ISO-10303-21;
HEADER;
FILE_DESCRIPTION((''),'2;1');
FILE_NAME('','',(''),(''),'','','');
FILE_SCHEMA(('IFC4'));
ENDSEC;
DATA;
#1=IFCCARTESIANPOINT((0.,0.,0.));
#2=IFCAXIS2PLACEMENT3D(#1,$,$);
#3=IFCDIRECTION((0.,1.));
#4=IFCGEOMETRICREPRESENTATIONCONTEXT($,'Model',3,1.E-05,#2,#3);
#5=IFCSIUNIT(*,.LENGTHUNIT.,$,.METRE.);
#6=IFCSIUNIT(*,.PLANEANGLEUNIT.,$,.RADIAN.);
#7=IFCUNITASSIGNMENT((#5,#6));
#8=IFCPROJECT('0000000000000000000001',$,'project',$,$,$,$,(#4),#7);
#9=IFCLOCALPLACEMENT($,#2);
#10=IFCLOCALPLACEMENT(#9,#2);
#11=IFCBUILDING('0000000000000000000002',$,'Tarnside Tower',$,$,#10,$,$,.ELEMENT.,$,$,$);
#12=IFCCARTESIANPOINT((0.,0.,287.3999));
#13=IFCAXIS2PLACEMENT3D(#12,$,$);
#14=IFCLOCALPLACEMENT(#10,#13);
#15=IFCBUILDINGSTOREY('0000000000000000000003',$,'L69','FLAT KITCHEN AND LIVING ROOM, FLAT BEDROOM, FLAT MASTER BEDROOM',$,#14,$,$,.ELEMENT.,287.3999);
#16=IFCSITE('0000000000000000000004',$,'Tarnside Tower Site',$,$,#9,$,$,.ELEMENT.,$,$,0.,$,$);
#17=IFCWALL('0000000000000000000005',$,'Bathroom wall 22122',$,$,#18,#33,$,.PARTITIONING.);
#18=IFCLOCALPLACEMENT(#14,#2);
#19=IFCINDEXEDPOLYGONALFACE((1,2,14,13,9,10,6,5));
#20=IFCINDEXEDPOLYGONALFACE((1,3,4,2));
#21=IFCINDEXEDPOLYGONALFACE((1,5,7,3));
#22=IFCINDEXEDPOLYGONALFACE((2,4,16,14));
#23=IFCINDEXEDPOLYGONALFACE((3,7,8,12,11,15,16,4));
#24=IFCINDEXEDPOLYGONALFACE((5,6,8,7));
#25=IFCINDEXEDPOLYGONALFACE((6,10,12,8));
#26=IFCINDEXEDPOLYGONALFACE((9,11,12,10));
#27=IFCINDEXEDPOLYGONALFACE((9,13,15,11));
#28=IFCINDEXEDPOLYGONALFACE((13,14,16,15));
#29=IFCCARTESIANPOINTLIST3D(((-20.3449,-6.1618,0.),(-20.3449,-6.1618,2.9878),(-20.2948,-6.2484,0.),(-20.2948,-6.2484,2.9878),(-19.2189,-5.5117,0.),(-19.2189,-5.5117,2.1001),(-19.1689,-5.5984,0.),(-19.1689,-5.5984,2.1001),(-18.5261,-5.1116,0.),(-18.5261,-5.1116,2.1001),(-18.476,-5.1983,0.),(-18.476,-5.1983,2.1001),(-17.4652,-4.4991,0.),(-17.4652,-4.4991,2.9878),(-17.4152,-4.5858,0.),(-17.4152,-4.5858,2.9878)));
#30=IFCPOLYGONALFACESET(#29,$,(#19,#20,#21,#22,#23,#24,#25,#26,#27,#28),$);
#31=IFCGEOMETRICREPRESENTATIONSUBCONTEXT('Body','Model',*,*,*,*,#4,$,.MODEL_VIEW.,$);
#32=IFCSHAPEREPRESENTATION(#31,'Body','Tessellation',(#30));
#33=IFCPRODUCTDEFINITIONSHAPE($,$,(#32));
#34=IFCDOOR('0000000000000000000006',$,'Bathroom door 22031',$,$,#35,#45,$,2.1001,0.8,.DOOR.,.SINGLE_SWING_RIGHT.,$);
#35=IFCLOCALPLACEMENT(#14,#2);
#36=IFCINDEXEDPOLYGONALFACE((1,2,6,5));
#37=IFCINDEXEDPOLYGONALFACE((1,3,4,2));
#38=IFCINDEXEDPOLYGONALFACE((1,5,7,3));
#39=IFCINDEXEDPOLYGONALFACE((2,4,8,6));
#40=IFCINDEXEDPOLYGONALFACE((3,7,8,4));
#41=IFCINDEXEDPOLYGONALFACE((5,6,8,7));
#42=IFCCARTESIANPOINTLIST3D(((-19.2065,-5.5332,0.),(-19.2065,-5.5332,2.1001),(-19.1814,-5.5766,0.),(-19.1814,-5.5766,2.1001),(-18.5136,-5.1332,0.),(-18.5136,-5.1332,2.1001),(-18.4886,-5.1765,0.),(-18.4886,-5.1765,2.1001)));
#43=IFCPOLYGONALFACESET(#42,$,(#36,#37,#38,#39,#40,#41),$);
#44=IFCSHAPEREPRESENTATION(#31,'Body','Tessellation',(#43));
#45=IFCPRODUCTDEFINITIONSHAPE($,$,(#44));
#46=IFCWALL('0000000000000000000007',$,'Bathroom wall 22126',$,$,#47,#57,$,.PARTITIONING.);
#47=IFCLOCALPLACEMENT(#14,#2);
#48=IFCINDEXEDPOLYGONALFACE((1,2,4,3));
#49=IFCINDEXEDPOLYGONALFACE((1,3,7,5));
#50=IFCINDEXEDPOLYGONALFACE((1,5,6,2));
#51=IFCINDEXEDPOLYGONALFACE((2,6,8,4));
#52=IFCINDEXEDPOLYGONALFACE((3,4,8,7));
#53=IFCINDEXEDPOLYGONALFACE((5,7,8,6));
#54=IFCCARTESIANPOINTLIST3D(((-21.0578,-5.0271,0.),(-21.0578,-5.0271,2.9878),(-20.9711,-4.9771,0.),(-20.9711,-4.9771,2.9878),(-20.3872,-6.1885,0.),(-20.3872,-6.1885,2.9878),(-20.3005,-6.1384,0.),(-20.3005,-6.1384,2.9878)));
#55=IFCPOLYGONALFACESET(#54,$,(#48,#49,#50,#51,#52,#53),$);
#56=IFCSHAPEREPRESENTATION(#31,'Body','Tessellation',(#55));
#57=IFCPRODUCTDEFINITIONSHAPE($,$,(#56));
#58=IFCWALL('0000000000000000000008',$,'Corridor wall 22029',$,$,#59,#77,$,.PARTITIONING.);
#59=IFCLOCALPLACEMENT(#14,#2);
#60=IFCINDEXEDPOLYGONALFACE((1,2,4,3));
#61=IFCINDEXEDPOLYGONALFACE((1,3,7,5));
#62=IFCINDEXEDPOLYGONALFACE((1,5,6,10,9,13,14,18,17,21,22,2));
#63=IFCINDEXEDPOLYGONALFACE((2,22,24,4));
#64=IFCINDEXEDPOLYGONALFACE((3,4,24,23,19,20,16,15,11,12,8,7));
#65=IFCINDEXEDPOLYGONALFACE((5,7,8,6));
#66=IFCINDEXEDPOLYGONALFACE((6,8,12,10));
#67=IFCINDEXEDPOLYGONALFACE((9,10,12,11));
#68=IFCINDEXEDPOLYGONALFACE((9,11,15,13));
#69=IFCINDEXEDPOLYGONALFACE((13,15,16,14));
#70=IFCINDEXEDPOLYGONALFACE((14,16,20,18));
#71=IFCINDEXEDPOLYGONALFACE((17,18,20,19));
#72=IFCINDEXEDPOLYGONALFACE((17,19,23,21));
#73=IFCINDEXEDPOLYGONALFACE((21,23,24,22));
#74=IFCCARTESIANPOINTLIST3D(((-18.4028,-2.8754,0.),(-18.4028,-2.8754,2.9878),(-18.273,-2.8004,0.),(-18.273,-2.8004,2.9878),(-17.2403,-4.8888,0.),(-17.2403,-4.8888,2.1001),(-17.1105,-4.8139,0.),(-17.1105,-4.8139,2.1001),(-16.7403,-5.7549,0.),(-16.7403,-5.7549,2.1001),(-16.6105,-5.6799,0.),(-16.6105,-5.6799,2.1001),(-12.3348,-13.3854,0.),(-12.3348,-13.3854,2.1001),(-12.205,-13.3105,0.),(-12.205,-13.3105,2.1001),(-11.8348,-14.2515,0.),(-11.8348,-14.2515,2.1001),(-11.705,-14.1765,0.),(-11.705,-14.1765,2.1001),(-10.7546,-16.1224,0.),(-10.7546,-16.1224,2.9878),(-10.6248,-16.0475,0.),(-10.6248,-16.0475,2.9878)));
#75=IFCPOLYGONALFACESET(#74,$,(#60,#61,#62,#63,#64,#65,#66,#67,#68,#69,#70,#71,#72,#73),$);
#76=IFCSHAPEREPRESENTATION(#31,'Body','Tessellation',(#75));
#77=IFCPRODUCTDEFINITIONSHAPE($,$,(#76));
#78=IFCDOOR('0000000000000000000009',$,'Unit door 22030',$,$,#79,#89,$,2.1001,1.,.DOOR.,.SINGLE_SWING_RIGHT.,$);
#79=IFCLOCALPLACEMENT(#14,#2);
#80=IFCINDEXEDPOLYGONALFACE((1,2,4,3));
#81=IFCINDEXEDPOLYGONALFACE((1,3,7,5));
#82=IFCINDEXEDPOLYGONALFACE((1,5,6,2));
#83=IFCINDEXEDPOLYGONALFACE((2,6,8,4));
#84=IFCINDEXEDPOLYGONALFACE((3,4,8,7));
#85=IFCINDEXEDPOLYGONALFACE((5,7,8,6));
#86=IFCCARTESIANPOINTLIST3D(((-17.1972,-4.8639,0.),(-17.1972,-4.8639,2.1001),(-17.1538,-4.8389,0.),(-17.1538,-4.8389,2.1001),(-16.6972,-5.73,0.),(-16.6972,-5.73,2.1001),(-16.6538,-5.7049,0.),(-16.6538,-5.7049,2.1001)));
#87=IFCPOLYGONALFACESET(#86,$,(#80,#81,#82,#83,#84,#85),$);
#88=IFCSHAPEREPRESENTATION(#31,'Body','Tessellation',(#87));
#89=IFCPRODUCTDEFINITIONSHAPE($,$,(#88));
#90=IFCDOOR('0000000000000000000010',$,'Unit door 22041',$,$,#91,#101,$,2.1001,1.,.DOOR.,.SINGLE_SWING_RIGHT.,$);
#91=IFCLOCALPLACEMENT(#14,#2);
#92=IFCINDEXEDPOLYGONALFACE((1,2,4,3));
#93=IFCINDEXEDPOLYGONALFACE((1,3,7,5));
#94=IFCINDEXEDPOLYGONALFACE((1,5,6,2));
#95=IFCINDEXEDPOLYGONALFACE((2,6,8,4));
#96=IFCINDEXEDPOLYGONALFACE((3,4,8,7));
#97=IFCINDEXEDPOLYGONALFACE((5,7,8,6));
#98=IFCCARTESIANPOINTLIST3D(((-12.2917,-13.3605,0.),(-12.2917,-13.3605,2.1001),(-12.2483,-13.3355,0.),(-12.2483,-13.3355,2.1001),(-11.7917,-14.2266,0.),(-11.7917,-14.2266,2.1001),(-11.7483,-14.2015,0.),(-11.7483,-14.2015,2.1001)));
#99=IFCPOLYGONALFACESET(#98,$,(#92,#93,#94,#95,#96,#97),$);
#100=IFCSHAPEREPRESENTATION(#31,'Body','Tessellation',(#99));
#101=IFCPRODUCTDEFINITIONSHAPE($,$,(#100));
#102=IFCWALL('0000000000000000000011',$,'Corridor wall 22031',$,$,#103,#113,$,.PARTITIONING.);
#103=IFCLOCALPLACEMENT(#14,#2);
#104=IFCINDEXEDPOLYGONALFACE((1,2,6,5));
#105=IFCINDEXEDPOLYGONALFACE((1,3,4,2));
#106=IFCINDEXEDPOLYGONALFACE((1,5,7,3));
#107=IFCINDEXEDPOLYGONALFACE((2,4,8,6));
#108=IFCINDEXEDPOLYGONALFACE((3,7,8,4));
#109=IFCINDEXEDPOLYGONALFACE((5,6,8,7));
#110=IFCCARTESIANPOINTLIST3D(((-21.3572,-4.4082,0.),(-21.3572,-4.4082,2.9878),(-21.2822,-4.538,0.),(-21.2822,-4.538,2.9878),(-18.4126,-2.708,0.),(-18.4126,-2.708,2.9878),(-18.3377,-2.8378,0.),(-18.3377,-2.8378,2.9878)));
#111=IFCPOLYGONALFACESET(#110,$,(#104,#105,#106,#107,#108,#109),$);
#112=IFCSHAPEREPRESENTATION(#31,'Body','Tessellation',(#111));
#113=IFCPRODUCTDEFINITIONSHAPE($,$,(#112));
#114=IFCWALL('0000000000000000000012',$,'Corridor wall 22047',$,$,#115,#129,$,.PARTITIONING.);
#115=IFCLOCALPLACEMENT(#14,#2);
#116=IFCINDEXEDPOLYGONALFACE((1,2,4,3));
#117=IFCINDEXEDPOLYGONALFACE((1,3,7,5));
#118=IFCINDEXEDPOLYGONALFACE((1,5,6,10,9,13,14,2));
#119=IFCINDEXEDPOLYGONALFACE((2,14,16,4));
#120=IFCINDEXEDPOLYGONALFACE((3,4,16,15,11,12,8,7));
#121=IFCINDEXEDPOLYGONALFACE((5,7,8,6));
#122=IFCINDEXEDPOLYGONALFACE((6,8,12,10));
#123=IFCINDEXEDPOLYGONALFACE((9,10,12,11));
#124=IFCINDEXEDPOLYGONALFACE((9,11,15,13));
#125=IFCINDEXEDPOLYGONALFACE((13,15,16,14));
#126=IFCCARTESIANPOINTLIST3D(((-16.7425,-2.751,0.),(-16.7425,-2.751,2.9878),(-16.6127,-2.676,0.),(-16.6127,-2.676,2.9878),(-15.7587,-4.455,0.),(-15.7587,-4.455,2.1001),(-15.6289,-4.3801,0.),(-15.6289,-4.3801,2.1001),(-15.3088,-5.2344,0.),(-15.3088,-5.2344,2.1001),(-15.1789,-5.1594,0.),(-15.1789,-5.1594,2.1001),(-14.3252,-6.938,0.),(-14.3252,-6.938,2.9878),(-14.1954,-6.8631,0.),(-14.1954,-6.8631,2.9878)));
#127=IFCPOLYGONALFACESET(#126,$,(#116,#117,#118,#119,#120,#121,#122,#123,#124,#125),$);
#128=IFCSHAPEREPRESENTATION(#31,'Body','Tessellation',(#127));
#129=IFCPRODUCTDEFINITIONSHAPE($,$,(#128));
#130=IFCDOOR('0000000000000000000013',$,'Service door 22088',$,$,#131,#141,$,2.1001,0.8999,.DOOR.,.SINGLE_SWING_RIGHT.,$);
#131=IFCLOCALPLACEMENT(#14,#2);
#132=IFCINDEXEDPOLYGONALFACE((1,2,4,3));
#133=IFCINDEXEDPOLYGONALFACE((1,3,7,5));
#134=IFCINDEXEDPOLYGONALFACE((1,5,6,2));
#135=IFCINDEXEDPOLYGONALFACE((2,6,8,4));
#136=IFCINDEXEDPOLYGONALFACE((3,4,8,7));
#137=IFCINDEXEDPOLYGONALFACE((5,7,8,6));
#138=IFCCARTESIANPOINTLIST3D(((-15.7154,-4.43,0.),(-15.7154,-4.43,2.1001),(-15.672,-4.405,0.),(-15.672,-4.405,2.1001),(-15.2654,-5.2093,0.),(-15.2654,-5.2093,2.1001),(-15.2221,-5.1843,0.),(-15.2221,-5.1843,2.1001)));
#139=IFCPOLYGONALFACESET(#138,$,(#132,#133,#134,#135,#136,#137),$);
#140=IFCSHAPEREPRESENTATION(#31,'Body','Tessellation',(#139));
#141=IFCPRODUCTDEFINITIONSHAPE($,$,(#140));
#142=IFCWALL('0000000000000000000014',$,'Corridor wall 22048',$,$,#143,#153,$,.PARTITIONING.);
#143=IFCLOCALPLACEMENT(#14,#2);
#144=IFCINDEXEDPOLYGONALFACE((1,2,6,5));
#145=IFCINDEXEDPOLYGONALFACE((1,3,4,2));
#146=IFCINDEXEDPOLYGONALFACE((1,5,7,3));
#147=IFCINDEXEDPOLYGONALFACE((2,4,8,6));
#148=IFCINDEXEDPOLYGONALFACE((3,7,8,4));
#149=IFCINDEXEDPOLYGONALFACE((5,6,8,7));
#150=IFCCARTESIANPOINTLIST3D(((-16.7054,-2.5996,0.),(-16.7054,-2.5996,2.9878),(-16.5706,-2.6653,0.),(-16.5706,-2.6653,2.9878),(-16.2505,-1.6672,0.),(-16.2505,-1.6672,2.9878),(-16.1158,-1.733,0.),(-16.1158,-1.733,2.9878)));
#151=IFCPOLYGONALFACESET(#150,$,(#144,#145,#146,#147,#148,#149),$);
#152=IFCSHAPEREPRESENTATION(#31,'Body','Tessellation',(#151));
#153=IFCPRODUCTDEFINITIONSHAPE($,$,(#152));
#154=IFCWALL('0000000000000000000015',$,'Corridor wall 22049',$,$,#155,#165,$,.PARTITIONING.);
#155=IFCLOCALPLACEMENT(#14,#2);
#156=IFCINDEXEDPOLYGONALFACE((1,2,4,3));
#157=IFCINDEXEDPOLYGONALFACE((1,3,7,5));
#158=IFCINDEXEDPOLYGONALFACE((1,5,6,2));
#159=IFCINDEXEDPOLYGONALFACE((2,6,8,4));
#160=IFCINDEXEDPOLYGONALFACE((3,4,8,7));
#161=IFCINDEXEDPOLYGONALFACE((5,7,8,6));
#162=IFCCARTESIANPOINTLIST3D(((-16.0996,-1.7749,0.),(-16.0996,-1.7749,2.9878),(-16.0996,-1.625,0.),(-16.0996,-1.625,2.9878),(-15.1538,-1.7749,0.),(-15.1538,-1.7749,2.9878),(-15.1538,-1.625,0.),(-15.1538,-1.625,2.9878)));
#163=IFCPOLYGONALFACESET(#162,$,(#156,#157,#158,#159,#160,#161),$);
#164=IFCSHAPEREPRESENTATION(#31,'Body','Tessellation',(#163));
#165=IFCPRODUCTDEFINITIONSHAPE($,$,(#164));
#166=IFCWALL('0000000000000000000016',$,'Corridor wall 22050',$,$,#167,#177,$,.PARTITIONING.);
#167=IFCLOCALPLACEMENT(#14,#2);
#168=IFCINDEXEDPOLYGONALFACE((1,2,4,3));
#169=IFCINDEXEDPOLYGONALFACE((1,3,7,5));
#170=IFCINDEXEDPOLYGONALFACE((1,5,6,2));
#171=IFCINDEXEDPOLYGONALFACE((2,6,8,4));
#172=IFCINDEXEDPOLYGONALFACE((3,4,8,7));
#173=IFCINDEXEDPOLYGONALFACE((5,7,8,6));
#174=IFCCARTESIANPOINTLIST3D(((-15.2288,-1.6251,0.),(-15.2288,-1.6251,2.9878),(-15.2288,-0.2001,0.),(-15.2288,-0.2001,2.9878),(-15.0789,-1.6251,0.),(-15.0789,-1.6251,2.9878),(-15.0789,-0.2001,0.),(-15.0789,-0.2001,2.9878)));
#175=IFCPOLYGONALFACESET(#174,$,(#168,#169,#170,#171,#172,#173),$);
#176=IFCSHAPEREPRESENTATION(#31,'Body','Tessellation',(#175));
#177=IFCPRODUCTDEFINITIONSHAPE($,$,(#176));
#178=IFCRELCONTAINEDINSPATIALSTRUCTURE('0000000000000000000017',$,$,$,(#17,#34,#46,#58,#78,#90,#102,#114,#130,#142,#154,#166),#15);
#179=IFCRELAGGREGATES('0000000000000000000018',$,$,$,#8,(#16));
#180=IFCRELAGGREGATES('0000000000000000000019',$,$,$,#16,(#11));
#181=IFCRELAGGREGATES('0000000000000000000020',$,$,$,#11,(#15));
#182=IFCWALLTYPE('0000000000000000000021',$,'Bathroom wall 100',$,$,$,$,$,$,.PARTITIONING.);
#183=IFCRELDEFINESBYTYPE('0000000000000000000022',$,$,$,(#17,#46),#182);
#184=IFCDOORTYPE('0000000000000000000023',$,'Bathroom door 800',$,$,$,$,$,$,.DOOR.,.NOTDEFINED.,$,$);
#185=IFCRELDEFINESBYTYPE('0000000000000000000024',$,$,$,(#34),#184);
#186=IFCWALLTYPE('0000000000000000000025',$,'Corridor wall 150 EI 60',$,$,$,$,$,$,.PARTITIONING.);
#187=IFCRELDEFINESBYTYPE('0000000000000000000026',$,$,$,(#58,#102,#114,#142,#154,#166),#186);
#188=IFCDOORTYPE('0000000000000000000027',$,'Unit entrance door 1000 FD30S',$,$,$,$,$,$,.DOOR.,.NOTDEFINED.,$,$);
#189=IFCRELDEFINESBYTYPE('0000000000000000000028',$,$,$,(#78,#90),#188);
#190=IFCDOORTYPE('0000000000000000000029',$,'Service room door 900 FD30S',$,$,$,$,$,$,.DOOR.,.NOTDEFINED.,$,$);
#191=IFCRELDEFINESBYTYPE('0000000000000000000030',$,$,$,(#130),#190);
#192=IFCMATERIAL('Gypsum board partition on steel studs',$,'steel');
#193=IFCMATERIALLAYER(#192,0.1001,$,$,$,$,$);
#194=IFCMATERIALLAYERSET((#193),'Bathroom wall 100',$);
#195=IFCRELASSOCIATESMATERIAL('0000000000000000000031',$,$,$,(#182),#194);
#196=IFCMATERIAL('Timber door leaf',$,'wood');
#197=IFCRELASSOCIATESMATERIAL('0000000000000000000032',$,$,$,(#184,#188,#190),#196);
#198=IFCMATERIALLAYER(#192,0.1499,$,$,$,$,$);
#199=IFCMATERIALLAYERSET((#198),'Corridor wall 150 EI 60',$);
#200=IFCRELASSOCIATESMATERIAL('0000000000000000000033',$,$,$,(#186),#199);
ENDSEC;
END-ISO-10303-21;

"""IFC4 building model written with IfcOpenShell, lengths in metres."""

from ifc_helpers import new_model, si_unit, direction, frame, frame_2d, origin, place, context, subcontext, project, spatial, rectangle, extrude, material, layer, layer_set, type_object, element, fill, save


model = new_model("IFC4")

# Units and contexts
model_context = context("Model", 3, precision=1e-05, world=origin(), true_north=direction((0.0, 1.0)))
body_context = subcontext(model_context, "Body", "Model", "MODEL_VIEW")
ifc_project = project(units=[si_unit("LENGTHUNIT", "METRE"), si_unit("PLANEANGLEUNIT", "RADIAN")], contexts=[model_context])

# Site, building, storey
site_placement = place(None, origin())
site = spatial("IfcSite", under=ifc_project, at=site_placement, Name="Tarnside Tower Site", CompositionType="ELEMENT", RefElevation=0.0)
building_placement = place(site_placement, origin())
building = spatial("IfcBuilding", under=site, at=building_placement, Name="Tarnside Tower", CompositionType="ELEMENT")
storey_placement = place(building_placement, frame((0.0, 0.0, 287.3999)))
storey = spatial("IfcBuildingStorey", under=building, at=storey_placement, Name="L69", Description="FLAT KITCHEN AND LIVING ROOM, FLAT BEDROOM, FLAT MASTER BEDROOM", CompositionType="ELEMENT", Elevation=287.3999)

# Wall, opening, door
ifc_material_1 = material(Name="Gypsum board partition on steel studs", Category="steel")
ifc_layer_1 = layer(ifc_material_1, 0.1001)
ifc_layer_set_1 = layer_set([ifc_layer_1], Name="Bathroom wall 100")
wall_type_1 = type_object("IfcWallType", Name="Bathroom wall 100", PredefinedType="PARTITIONING", material=ifc_layer_set_1)
wall_1_placement = place(storey_placement, frame((-17.4402, -4.5425, 0.0), z_axis=(0.0, 0.0, 1.0), x_axis=(-0.866021, -0.500008, 0.0)))
wall_1 = element("IfcWall", 1, at=wall_1_placement, inside=storey, type_object=wall_type_1, Name="Bathroom wall 22122", PredefinedType="PARTITIONING", context=body_context, shape_type="SweptSolid", body=[
    extrude(rectangle(XDim=3.3252, YDim=0.1001, at=frame_2d((1.6626, 0.0))), origin(), (0.0, 0.0, 1.0), 2.9878),
])
opening_1_placement = place(wall_1_placement, frame((1.2251, 0.0, 0.0)))
opening_1 = element("IfcOpeningElement", 2, at=opening_1_placement, cuts=wall_1, PredefinedType="OPENING", context=body_context, shape_type="SweptSolid", body=[
    extrude(rectangle(XDim=0.8, YDim=2.1001, at=frame_2d((0.3999, 1.05))), frame((0.0, 0.0601, 0.0), z_axis=(0.0, -1.0, 0.0), x_axis=(1.0, 0.0, 0.0)), (0.0, 0.0, 1.0), 0.1201),
])
ifc_material_2 = material(Name="Timber door leaf", Category="wood")
door_type_1 = type_object("IfcDoorType", Name="Bathroom door 800", OperationType="NOTDEFINED", PredefinedType="DOOR", material=ifc_material_2)
door_1_placement = place(opening_1_placement, origin())
door_1 = element("IfcDoor", 3, at=door_1_placement, inside=storey, type_object=door_type_1, Name="Bathroom door 22031", OperationType="SINGLE_SWING_RIGHT", OverallHeight=2.1001, OverallWidth=0.8, PredefinedType="DOOR", context=body_context, shape_type="SweptSolid", body=[
    extrude(rectangle(XDim=0.8, YDim=2.1001, at=frame_2d((0.3999, 1.05))), frame((0.0, 0.0249, 0.0), z_axis=(0.0, -1.0, 0.0), x_axis=(1.0, 0.0, 0.0)), (0.0, 0.0, 1.0), 0.05),
])
fill(opening_1, door_1)

# Wall
wall_2_placement = place(storey_placement, frame((-21.0144, -5.0022, 0.0), z_axis=(0.0, 0.0, 1.0), x_axis=(0.500074, -0.865982, 0.0)))
element("IfcWall", 4, at=wall_2_placement, inside=storey, type_object=wall_type_1, Name="Bathroom wall 22126", PredefinedType="PARTITIONING", context=body_context, shape_type="SweptSolid", body=[
    extrude(rectangle(XDim=1.3411, YDim=0.1001, at=frame_2d((0.6704, 0.0))), origin(), (0.0, 0.0, 1.0), 2.9878),
])

# Wall, openings, doors
ifc_layer_2 = layer(ifc_material_1, 0.1499)
ifc_layer_set_2 = layer_set([ifc_layer_2], Name="Corridor wall 150 EI 60")
wall_type_2 = type_object("IfcWallType", Name="Corridor wall 150 EI 60", PredefinedType="PARTITIONING", material=ifc_layer_set_2)
wall_3_placement = place(storey_placement, frame((-18.3379, -2.8379, 0.0), z_axis=(0.0, 0.0, 1.0), x_axis=(0.5, -0.866026, 0.0)))
wall_3 = element("IfcWall", 5, at=wall_3_placement, inside=storey, type_object=wall_type_2, Name="Corridor wall 22029", PredefinedType="PARTITIONING", context=body_context, shape_type="SweptSolid", body=[
    extrude(rectangle(XDim=15.2964, YDim=0.1499, at=frame_2d((7.6482, 0.0))), origin(), (0.0, 0.0, 1.0), 2.9878),
])
opening_2_placement = place(wall_3_placement, frame((2.325, 0.0, 0.0)))
opening_2 = element("IfcOpeningElement", 6, at=opening_2_placement, cuts=wall_3, PredefinedType="OPENING", context=body_context, shape_type="SweptSolid", body=[
    extrude(rectangle(XDim=1.0, YDim=2.1001, at=frame_2d((0.5, 1.05))), frame((0.0, 0.085, 0.0), z_axis=(0.0, -1.0, 0.0), x_axis=(1.0, 0.0, 0.0)), (0.0, 0.0, 1.0), 0.1699),
])
opening_3_placement = place(wall_3_placement, frame((12.136, 0.0, 0.0)))
opening_3 = element("IfcOpeningElement", 7, at=opening_3_placement, cuts=wall_3, PredefinedType="OPENING", context=body_context, shape_type="SweptSolid", body=[
    extrude(rectangle(XDim=1.0, YDim=2.1001, at=frame_2d((0.5, 1.05))), frame((0.0, 0.085, 0.0), z_axis=(0.0, -1.0, 0.0), x_axis=(1.0, 0.0, 0.0)), (0.0, 0.0, 1.0), 0.1699),
])
door_type_2 = type_object("IfcDoorType", Name="Unit entrance door 1000 FD30S", OperationType="NOTDEFINED", PredefinedType="DOOR", material=ifc_material_2)
door_2_placement = place(opening_2_placement, origin())
door_2 = element("IfcDoor", 8, at=door_2_placement, inside=storey, type_object=door_type_2, Name="Unit door 22030", OperationType="SINGLE_SWING_RIGHT", OverallHeight=2.1001, OverallWidth=1.0, PredefinedType="DOOR", context=body_context, shape_type="SweptSolid", body=[
    extrude(rectangle(XDim=1.0, YDim=2.1001, at=frame_2d((0.5, 1.05))), frame((0.0, 0.0249, 0.0), z_axis=(0.0, -1.0, 0.0), x_axis=(1.0, 0.0, 0.0)), (0.0, 0.0, 1.0), 0.05),
])
fill(opening_2, door_2)
door_3_placement = place(opening_3_placement, origin())
door_3 = element("IfcDoor", 9, at=door_3_placement, inside=storey, type_object=door_type_2, Name="Unit door 22041", OperationType="SINGLE_SWING_RIGHT", OverallHeight=2.1001, OverallWidth=1.0, PredefinedType="DOOR", context=body_context, shape_type="SweptSolid", body=[
    extrude(rectangle(XDim=1.0, YDim=2.1001, at=frame_2d((0.5, 1.05))), frame((0.0, 0.0249, 0.0), z_axis=(0.0, -1.0, 0.0), x_axis=(1.0, 0.0, 0.0)), (0.0, 0.0, 1.0), 0.05),
])
fill(opening_3, door_3)

# Wall
wall_4_placement = place(storey_placement, frame((-21.3198, -4.4731, 0.0), z_axis=(0.0, 0.0, 1.0), x_axis=(0.866007, 0.500031, 0.0)))
element("IfcWall", 10, at=wall_4_placement, inside=storey, type_object=wall_type_2, Name="Corridor wall 22031", PredefinedType="PARTITIONING", context=body_context, shape_type="SweptSolid", body=[
    extrude(rectangle(XDim=3.4001, YDim=0.1499, at=frame_2d((1.7002, 0.0))), origin(), (0.0, 0.0, 1.0), 2.9878),
])

# Wall, opening, door
wall_5_placement = place(storey_placement, frame((-14.2603, -6.9006, 0.0), z_axis=(0.0, 0.0, 1.0), x_axis=(-0.499979, 0.866038, 0.0)))
wall_5 = element("IfcWall", 11, at=wall_5_placement, inside=storey, type_object=wall_type_2, Name="Corridor wall 22047", PredefinedType="PARTITIONING", context=body_context, shape_type="SweptSolid", body=[
    extrude(rectangle(XDim=4.8347, YDim=0.1499, at=frame_2d((2.4175, 0.0))), origin(), (0.0, 0.0, 1.0), 2.9878),
])
opening_4_placement = place(wall_5_placement, frame((1.9673, 0.0, 0.0)))
opening_4 = element("IfcOpeningElement", 12, at=opening_4_placement, cuts=wall_5, PredefinedType="OPENING", context=body_context, shape_type="SweptSolid", body=[
    extrude(rectangle(XDim=0.8999, YDim=2.1001, at=frame_2d((0.45, 1.05))), frame((0.0, 0.085, 0.0), z_axis=(0.0, -1.0, 0.0), x_axis=(1.0, 0.0, 0.0)), (0.0, 0.0, 1.0), 0.1699),
])
door_type_3 = type_object("IfcDoorType", Name="Service room door 900 FD30S", OperationType="NOTDEFINED", PredefinedType="DOOR", material=ifc_material_2)
door_4_placement = place(opening_4_placement, origin())
door_4 = element("IfcDoor", 13, at=door_4_placement, inside=storey, type_object=door_type_3, Name="Service door 22088", OperationType="SINGLE_SWING_RIGHT", OverallHeight=2.1001, OverallWidth=0.8999, PredefinedType="DOOR", context=body_context, shape_type="SweptSolid", body=[
    extrude(rectangle(XDim=0.8999, YDim=2.1001, at=frame_2d((0.45, 1.05))), frame((0.0, 0.0249, 0.0), z_axis=(0.0, -1.0, 0.0), x_axis=(1.0, 0.0, 0.0)), (0.0, 0.0, 1.0), 0.05),
])
fill(opening_4, door_4)

# Walls
wall_6_placement = place(storey_placement, frame((-16.6379, -2.6323, 0.0), z_axis=(0.0, 0.0, 1.0), x_axis=(0.438438, 0.898762, 0.0)))
element("IfcWall", 14, at=wall_6_placement, inside=storey, type_object=wall_type_2, Name="Corridor wall 22048", PredefinedType="PARTITIONING", context=body_context, shape_type="SweptSolid", body=[
    extrude(rectangle(XDim=1.0374, YDim=0.1499, at=frame_2d((0.5186, 0.0))), origin(), (0.0, 0.0, 1.0), 2.9878),
])
wall_7_placement = place(storey_placement, frame((-16.0996, -1.7, 0.0), z_axis=(0.0, 0.0, 1.0), x_axis=(1.0, 0.0, 0.0)))
element("IfcWall", 15, at=wall_7_placement, inside=storey, type_object=wall_type_2, Name="Corridor wall 22049", PredefinedType="PARTITIONING", context=body_context, shape_type="SweptSolid", body=[
    extrude(rectangle(XDim=0.9458, YDim=0.1499, at=frame_2d((0.4729, 0.0))), origin(), (0.0, 0.0, 1.0), 2.9878),
])
wall_8_placement = place(storey_placement, frame((-15.1538, -1.625, 0.0), z_axis=(0.0, 0.0, 1.0), x_axis=(0.0, 1.0, 0.0)))
element("IfcWall", 16, at=wall_8_placement, inside=storey, type_object=wall_type_2, Name="Corridor wall 22050", PredefinedType="PARTITIONING", context=body_context, shape_type="SweptSolid", body=[
    extrude(rectangle(XDim=1.425, YDim=0.1499, at=frame_2d((0.7124, 0.0))), origin(), (0.0, 0.0, 1.0), 2.9878),
])

save(model, "model.ifc")
